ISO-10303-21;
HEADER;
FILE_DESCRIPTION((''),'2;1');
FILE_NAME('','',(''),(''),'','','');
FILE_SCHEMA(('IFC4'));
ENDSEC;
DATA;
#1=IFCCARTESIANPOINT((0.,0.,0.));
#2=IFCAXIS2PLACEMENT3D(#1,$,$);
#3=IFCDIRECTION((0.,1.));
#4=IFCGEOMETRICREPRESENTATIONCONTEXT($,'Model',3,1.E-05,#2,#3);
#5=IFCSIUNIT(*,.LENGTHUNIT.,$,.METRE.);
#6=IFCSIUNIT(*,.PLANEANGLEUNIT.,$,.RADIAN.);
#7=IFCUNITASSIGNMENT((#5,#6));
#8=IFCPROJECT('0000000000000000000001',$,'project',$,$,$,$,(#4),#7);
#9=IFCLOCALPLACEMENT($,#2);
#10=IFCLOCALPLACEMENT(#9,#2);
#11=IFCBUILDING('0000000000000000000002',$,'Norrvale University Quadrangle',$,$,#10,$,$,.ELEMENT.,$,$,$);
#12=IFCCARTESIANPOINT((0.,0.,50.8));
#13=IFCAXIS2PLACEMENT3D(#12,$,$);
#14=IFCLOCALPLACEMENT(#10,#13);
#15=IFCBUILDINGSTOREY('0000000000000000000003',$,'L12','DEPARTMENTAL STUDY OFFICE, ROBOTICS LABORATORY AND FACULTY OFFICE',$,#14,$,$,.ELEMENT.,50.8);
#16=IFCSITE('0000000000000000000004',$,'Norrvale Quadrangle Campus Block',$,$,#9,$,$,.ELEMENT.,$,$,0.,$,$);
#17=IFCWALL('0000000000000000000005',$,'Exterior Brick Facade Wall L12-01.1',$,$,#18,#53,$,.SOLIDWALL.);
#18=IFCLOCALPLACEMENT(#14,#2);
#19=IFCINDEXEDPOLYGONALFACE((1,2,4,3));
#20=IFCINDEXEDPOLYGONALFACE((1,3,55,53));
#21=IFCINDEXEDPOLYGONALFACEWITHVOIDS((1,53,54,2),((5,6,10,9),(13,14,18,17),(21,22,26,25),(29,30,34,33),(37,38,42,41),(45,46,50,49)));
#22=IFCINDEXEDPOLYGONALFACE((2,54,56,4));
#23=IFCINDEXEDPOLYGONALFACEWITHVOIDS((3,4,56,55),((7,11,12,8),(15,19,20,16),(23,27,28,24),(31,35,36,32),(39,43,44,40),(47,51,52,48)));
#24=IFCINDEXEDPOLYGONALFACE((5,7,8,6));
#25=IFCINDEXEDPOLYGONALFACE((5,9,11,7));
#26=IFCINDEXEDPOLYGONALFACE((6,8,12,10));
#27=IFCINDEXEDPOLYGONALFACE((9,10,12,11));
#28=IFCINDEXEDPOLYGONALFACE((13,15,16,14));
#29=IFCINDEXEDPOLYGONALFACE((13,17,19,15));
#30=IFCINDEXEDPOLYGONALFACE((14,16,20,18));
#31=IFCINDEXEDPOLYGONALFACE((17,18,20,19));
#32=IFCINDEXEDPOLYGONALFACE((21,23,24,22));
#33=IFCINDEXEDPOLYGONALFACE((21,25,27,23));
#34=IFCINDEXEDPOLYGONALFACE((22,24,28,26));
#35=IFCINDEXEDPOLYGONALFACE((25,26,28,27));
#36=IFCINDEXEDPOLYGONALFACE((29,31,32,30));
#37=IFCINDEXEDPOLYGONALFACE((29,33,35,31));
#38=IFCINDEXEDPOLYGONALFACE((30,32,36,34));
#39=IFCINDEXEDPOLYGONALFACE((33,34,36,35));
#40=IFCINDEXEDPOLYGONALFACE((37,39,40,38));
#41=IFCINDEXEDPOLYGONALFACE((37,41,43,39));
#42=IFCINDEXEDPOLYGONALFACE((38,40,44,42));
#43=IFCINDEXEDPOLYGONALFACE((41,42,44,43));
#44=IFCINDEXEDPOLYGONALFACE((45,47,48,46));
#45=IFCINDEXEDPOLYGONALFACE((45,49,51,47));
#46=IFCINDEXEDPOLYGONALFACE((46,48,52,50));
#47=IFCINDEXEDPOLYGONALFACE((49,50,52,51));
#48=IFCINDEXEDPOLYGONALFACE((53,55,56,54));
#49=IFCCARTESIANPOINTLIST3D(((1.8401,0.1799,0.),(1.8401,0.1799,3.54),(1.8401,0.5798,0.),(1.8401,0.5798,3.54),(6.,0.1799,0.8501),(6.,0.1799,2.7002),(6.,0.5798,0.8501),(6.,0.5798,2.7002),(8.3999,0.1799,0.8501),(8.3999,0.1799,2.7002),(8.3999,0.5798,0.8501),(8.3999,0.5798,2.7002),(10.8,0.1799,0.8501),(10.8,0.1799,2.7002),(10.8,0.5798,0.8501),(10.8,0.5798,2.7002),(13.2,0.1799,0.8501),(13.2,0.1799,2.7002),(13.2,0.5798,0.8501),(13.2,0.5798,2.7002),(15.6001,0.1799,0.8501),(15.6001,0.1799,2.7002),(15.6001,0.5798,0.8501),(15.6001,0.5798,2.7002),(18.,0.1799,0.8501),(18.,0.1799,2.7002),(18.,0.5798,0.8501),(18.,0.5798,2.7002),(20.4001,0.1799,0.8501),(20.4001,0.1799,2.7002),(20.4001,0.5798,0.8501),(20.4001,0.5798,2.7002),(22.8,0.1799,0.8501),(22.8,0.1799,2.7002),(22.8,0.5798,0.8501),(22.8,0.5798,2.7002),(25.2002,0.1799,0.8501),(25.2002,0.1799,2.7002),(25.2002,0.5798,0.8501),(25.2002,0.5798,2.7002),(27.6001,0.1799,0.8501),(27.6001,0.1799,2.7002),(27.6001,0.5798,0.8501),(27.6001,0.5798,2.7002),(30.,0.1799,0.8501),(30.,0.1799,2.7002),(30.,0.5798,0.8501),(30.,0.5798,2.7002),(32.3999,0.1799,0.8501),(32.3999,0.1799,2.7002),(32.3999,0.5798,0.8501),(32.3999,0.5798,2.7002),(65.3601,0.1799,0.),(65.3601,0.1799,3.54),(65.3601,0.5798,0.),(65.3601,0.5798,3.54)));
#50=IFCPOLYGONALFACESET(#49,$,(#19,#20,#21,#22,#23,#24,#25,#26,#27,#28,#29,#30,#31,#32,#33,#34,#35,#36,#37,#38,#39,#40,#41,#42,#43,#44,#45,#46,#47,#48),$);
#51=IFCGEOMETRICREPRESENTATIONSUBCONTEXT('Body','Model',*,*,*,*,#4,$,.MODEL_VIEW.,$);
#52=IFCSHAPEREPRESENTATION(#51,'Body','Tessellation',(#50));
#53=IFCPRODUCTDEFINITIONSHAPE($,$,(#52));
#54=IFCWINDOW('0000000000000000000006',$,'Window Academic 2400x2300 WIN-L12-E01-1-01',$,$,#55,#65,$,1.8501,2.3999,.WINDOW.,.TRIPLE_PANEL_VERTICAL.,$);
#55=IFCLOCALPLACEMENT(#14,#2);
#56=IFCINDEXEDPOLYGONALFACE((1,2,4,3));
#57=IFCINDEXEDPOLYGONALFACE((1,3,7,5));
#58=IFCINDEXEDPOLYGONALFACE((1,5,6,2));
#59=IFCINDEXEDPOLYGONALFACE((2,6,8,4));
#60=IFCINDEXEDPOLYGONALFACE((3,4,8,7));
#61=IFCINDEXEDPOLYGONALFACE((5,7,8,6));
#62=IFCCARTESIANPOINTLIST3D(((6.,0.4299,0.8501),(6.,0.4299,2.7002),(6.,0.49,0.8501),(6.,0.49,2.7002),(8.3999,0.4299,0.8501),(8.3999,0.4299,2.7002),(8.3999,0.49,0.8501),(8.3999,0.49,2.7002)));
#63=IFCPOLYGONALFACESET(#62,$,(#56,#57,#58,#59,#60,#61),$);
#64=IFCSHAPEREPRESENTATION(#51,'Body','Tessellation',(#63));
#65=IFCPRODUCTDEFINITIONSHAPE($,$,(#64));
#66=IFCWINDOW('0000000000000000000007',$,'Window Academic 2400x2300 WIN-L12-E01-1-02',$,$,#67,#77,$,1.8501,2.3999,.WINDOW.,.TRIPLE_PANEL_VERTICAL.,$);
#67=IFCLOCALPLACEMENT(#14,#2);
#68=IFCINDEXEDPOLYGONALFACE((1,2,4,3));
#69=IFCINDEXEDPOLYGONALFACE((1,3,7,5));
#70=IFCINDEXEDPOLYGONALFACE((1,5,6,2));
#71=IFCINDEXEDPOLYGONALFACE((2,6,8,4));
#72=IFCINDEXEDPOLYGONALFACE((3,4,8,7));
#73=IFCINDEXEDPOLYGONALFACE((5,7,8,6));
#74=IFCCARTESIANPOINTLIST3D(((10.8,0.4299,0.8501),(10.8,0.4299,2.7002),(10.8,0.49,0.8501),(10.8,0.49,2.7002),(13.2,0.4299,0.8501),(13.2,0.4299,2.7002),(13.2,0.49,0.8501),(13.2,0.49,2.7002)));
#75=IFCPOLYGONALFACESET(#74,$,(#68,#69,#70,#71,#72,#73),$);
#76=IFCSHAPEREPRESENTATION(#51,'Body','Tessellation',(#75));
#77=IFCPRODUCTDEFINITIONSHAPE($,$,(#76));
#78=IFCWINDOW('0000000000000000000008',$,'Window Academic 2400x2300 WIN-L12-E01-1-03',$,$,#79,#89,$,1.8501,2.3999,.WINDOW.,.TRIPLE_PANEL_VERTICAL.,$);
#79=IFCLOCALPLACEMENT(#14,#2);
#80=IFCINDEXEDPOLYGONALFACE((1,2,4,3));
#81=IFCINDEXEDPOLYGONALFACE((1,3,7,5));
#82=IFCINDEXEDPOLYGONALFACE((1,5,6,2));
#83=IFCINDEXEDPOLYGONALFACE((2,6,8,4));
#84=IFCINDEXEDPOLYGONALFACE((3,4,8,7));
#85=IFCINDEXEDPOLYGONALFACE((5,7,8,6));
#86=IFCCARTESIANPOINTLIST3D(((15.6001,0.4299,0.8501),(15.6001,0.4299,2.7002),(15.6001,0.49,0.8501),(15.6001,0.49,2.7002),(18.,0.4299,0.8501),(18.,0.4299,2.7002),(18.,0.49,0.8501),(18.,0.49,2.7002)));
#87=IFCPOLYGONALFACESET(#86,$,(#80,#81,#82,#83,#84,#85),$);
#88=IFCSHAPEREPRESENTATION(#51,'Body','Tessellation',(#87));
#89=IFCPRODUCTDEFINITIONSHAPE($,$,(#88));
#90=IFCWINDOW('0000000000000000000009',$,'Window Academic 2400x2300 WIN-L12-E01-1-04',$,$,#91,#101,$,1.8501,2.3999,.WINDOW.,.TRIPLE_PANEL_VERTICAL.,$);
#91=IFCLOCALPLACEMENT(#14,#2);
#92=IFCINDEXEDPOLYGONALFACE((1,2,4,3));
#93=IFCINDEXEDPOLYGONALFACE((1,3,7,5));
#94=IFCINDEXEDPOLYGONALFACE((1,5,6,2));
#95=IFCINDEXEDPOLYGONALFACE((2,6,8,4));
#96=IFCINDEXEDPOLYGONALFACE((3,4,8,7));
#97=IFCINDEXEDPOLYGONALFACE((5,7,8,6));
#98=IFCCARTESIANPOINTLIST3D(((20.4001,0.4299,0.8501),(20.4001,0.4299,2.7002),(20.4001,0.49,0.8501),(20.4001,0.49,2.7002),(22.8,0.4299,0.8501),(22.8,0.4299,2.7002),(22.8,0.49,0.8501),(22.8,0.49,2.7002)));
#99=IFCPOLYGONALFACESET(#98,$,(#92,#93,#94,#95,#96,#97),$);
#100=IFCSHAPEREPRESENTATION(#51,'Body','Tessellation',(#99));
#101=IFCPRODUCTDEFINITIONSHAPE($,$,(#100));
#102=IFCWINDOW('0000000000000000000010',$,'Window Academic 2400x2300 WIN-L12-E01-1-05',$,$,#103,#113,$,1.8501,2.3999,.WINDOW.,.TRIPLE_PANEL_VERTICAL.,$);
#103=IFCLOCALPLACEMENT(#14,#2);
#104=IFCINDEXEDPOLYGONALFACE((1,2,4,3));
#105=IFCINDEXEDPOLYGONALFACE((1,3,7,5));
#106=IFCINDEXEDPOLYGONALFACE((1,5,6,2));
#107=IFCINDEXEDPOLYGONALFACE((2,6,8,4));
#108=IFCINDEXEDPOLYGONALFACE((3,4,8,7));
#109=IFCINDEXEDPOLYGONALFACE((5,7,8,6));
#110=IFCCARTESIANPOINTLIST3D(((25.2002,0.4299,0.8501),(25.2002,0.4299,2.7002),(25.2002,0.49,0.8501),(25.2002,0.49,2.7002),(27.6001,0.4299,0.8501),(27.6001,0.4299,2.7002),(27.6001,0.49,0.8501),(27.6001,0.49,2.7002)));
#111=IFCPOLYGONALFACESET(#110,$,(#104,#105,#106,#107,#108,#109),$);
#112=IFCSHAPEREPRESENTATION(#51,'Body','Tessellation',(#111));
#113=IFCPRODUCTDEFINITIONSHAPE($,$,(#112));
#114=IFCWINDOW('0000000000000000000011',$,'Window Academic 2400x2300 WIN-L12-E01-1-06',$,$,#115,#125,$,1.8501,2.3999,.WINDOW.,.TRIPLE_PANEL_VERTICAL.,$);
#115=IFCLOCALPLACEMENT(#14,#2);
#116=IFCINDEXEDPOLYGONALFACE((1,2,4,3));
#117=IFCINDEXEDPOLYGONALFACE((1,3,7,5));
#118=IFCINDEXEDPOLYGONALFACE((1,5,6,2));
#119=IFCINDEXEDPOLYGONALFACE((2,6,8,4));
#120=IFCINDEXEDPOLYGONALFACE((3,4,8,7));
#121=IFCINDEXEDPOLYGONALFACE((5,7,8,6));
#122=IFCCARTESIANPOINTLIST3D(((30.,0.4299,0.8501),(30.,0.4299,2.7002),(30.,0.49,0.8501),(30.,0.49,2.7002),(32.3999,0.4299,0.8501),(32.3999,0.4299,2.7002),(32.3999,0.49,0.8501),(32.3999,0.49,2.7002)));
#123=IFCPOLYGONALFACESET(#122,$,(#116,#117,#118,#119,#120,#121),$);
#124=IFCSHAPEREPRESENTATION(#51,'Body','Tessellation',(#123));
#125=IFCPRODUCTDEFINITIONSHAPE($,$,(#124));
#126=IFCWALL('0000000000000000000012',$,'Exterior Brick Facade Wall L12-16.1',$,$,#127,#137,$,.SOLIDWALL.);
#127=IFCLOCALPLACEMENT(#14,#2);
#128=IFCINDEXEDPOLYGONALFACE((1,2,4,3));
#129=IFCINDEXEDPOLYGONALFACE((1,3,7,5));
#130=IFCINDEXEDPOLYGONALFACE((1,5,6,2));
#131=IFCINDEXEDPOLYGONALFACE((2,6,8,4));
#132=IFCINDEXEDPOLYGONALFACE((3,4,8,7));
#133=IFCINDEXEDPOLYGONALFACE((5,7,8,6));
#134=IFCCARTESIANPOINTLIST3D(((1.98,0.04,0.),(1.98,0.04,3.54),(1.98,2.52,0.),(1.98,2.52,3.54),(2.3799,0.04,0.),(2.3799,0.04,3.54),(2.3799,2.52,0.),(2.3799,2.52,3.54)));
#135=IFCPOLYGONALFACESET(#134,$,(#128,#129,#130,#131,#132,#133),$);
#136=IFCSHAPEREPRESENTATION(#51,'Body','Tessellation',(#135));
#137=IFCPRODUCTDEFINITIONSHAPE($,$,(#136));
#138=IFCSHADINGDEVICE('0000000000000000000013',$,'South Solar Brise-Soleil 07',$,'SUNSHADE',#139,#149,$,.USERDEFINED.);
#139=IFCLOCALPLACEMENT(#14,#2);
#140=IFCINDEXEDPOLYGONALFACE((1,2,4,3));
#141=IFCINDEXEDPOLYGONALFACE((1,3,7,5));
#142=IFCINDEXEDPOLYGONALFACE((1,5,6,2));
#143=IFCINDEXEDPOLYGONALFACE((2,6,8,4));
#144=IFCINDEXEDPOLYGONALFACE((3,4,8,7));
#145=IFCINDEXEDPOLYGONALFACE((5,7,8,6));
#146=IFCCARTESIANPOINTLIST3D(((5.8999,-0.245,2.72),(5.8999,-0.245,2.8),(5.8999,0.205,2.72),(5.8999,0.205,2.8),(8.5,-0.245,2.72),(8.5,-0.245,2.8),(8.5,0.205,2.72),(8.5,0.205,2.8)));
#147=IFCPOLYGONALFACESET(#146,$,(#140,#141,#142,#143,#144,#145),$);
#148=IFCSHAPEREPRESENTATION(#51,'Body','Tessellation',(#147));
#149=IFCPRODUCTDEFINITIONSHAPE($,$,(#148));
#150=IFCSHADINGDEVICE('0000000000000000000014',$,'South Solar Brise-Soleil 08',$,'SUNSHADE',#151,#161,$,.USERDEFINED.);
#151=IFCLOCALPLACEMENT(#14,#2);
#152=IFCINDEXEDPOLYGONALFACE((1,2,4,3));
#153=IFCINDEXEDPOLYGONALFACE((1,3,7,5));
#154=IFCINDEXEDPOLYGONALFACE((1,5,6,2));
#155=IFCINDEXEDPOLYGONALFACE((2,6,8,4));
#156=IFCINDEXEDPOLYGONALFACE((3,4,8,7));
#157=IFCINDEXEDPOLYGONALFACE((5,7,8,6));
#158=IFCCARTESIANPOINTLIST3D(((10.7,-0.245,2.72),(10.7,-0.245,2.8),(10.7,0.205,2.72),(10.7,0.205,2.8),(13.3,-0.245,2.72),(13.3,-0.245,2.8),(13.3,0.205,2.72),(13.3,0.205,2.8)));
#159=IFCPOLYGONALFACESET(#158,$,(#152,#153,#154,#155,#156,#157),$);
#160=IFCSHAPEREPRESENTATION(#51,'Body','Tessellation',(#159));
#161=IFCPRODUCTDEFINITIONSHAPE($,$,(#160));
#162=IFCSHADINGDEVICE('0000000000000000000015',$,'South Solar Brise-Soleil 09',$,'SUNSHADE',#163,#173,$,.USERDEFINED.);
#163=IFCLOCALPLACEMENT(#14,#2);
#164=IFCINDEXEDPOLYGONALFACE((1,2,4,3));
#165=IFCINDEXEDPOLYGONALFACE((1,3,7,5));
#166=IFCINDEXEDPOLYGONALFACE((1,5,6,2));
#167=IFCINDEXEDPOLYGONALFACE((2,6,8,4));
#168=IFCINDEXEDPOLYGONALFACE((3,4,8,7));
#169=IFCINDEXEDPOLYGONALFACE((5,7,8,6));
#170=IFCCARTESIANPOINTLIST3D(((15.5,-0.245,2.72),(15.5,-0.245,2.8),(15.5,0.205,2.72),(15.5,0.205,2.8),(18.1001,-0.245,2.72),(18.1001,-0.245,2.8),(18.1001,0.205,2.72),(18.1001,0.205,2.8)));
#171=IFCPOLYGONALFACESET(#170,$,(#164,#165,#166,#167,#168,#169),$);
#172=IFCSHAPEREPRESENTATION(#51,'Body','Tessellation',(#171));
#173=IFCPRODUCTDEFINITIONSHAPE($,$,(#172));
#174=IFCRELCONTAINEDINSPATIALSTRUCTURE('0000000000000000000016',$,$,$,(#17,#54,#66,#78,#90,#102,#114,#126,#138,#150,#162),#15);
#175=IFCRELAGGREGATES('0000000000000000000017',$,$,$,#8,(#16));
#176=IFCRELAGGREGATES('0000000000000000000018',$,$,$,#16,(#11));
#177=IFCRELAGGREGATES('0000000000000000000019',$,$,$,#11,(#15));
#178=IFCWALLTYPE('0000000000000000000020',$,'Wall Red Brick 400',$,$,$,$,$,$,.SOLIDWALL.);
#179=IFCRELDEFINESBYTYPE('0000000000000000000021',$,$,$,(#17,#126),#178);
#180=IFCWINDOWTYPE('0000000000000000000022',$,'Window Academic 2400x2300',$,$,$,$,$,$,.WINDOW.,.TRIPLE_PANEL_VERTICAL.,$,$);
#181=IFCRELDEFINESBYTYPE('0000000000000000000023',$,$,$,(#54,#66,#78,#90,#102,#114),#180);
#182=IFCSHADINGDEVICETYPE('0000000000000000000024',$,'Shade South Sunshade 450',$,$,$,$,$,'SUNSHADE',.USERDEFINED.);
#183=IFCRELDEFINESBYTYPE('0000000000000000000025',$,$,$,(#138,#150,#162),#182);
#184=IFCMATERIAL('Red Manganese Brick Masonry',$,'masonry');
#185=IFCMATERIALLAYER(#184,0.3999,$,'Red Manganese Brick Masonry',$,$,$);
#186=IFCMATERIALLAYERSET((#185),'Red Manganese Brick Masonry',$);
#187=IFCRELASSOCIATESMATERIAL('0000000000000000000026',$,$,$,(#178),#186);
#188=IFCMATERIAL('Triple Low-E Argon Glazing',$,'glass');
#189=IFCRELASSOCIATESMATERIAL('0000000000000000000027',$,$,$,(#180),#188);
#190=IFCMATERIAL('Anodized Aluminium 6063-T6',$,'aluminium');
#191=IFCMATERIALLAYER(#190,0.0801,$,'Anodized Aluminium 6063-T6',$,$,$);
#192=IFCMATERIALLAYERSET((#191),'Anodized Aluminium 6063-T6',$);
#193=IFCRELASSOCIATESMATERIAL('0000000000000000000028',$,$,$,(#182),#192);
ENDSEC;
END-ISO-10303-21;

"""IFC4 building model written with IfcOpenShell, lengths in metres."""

from ifc_helpers import new_model, si_unit, direction, frame, frame_2d, origin, origin_2d, place, context, subcontext, project, spatial, rectangle, extrude, material, layer, layer_set, type_object, element, fill, save


model = new_model("IFC4")

# Units and contexts
model_context = context("Model", 3, precision=1e-05, world=origin(), true_north=direction((0.0, 1.0)))
body_context = subcontext(model_context, "Body", "Model", "MODEL_VIEW")
ifc_project = project(units=[si_unit("LENGTHUNIT", "METRE"), si_unit("PLANEANGLEUNIT", "RADIAN")], contexts=[model_context])

# Site, building, storey
site_placement = place(None, origin())
site = spatial("IfcSite", under=ifc_project, at=site_placement, Name="Norrvale Quadrangle Campus Block", CompositionType="ELEMENT", RefElevation=0.0)
building_placement = place(site_placement, origin())
building = spatial("IfcBuilding", under=site, at=building_placement, Name="Norrvale University Quadrangle", CompositionType="ELEMENT")
storey_placement = place(building_placement, frame((0.0, 0.0, 50.8)))
storey = spatial("IfcBuildingStorey", under=building, at=storey_placement, Name="L12", Description="DEPARTMENTAL STUDY OFFICE, ROBOTICS LABORATORY AND FACULTY OFFICE", CompositionType="ELEMENT", Elevation=50.8)

# Wall, openings, windows
ifc_material_1 = material(Name="Red Manganese Brick Masonry", Category="masonry")
ifc_layer_1 = layer(ifc_material_1, 0.3999, Name="Red Manganese Brick Masonry")
ifc_layer_set_1 = layer_set([ifc_layer_1], Name="Red Manganese Brick Masonry")
wall_type_1 = type_object("IfcWallType", Name="Wall Red Brick 400", PredefinedType="SOLIDWALL", material=ifc_layer_set_1)
wall_1_placement = place(storey_placement, frame((1.8401, 0.3799, 0.0), z_axis=(0.0, 0.0, 1.0), x_axis=(1.0, 0.0, 0.0)))
wall_1 = element("IfcWall", 1, at=wall_1_placement, inside=storey, type_object=wall_type_1, Name="Exterior Brick Facade Wall L12-01.1", PredefinedType="SOLIDWALL", context=body_context, shape_type="SweptSolid", body=[
    extrude(rectangle(XDim=63.52, YDim=0.3999, at=frame_2d((31.76, 0.0))), origin(), (0.0, 0.0, 1.0), 3.54),
])
opening_1_placement = place(wall_1_placement, frame((4.1599, 0.0, 0.8501)))
opening_1 = element("IfcOpeningElement", 2, at=opening_1_placement, cuts=wall_1, PredefinedType="OPENING", context=body_context, shape_type="SweptSolid", body=[
    extrude(rectangle(XDim=2.3999, YDim=1.8501, at=frame_2d((1.2, 0.925))), frame((0.0, 0.2119, 0.0), z_axis=(0.0, -1.0, 0.0), x_axis=(1.0, 0.0, 0.0)), (0.0, 0.0, 1.0), 0.4238),
])
opening_2_placement = place(wall_1_placement, frame((8.96, 0.0, 0.8501)))
opening_2 = element("IfcOpeningElement", 3, at=opening_2_placement, cuts=wall_1, PredefinedType="OPENING", context=body_context, shape_type="SweptSolid", body=[
    extrude(rectangle(XDim=2.3999, YDim=1.8501, at=frame_2d((1.2, 0.925))), frame((0.0, 0.2119, 0.0), z_axis=(0.0, -1.0, 0.0), x_axis=(1.0, 0.0, 0.0)), (0.0, 0.0, 1.0), 0.4238),
])
opening_3_placement = place(wall_1_placement, frame((13.76, 0.0, 0.8501)))
opening_3 = element("IfcOpeningElement", 4, at=opening_3_placement, cuts=wall_1, PredefinedType="OPENING", context=body_context, shape_type="SweptSolid", body=[
    extrude(rectangle(XDim=2.3999, YDim=1.8501, at=frame_2d((1.2, 0.925))), frame((0.0, 0.2119, 0.0), z_axis=(0.0, -1.0, 0.0), x_axis=(1.0, 0.0, 0.0)), (0.0, 0.0, 1.0), 0.4238),
])
opening_4_placement = place(wall_1_placement, frame((18.5601, 0.0, 0.8501)))
opening_4 = element("IfcOpeningElement", 5, at=opening_4_placement, cuts=wall_1, PredefinedType="OPENING", context=body_context, shape_type="SweptSolid", body=[
    extrude(rectangle(XDim=2.3999, YDim=1.8501, at=frame_2d((1.2, 0.925))), frame((0.0, 0.2119, 0.0), z_axis=(0.0, -1.0, 0.0), x_axis=(1.0, 0.0, 0.0)), (0.0, 0.0, 1.0), 0.4238),
])
opening_5_placement = place(wall_1_placement, frame((23.3601, 0.0, 0.8501)))
opening_5 = element("IfcOpeningElement", 6, at=opening_5_placement, cuts=wall_1, PredefinedType="OPENING", context=body_context, shape_type="SweptSolid", body=[
    extrude(rectangle(XDim=2.3999, YDim=1.8501, at=frame_2d((1.2, 0.925))), frame((0.0, 0.2119, 0.0), z_axis=(0.0, -1.0, 0.0), x_axis=(1.0, 0.0, 0.0)), (0.0, 0.0, 1.0), 0.4238),
])
opening_6_placement = place(wall_1_placement, frame((28.1599, 0.0, 0.8501)))
opening_6 = element("IfcOpeningElement", 7, at=opening_6_placement, cuts=wall_1, PredefinedType="OPENING", context=body_context, shape_type="SweptSolid", body=[
    extrude(rectangle(XDim=2.3999, YDim=1.8501, at=frame_2d((1.2, 0.925))), frame((0.0, 0.2119, 0.0), z_axis=(0.0, -1.0, 0.0), x_axis=(1.0, 0.0, 0.0)), (0.0, 0.0, 1.0), 0.4238),
])
ifc_material_2 = material(Name="Triple Low-E Argon Glazing", Category="glass")
window_type = type_object("IfcWindowType", Name="Window Academic 2400x2300", PartitioningType="TRIPLE_PANEL_VERTICAL", PredefinedType="WINDOW", material=ifc_material_2)
window_1_placement = place(opening_1_placement, origin())
window_1 = element("IfcWindow", 8, at=window_1_placement, inside=storey, type_object=window_type, Name="Window Academic 2400x2300 WIN-L12-E01-1-01", OverallHeight=1.8501, OverallWidth=2.3999, PartitioningType="TRIPLE_PANEL_VERTICAL", PredefinedType="WINDOW", context=body_context, shape_type="SweptSolid", body=[
    extrude(rectangle(XDim=2.3999, YDim=1.8501, at=frame_2d((1.2, 0.925))), frame((0.0, 0.1101, 0.0), z_axis=(0.0, -1.0, 0.0), x_axis=(1.0, 0.0, 0.0)), (0.0, 0.0, 1.0), 0.0601),
])
fill(opening_1, window_1)
window_2_placement = place(opening_2_placement, origin())
window_2 = element("IfcWindow", 9, at=window_2_placement, inside=storey, type_object=window_type, Name="Window Academic 2400x2300 WIN-L12-E01-1-02", OverallHeight=1.8501, OverallWidth=2.3999, PartitioningType="TRIPLE_PANEL_VERTICAL", PredefinedType="WINDOW", context=body_context, shape_type="SweptSolid", body=[
    extrude(rectangle(XDim=2.3999, YDim=1.8501, at=frame_2d((1.2, 0.925))), frame((0.0, 0.1101, 0.0), z_axis=(0.0, -1.0, 0.0), x_axis=(1.0, 0.0, 0.0)), (0.0, 0.0, 1.0), 0.0601),
])
fill(opening_2, window_2)
window_3_placement = place(opening_3_placement, origin())
window_3 = element("IfcWindow", 10, at=window_3_placement, inside=storey, type_object=window_type, Name="Window Academic 2400x2300 WIN-L12-E01-1-03", OverallHeight=1.8501, OverallWidth=2.3999, PartitioningType="TRIPLE_PANEL_VERTICAL", PredefinedType="WINDOW", context=body_context, shape_type="SweptSolid", body=[
    extrude(rectangle(XDim=2.3999, YDim=1.8501, at=frame_2d((1.2, 0.925))), frame((0.0, 0.1101, 0.0), z_axis=(0.0, -1.0, 0.0), x_axis=(1.0, 0.0, 0.0)), (0.0, 0.0, 1.0), 0.0601),
])
fill(opening_3, window_3)
window_4_placement = place(opening_4_placement, origin())
window_4 = element("IfcWindow", 11, at=window_4_placement, inside=storey, type_object=window_type, Name="Window Academic 2400x2300 WIN-L12-E01-1-04", OverallHeight=1.8501, OverallWidth=2.3999, PartitioningType="TRIPLE_PANEL_VERTICAL", PredefinedType="WINDOW", context=body_context, shape_type="SweptSolid", body=[
    extrude(rectangle(XDim=2.3999, YDim=1.8501, at=frame_2d((1.2, 0.925))), frame((0.0, 0.1101, 0.0), z_axis=(0.0, -1.0, 0.0), x_axis=(1.0, 0.0, 0.0)), (0.0, 0.0, 1.0), 0.0601),
])
fill(opening_4, window_4)
window_5_placement = place(opening_5_placement, origin())
window_5 = element("IfcWindow", 12, at=window_5_placement, inside=storey, type_object=window_type, Name="Window Academic 2400x2300 WIN-L12-E01-1-05", OverallHeight=1.8501, OverallWidth=2.3999, PartitioningType="TRIPLE_PANEL_VERTICAL", PredefinedType="WINDOW", context=body_context, shape_type="SweptSolid", body=[
    extrude(rectangle(XDim=2.3999, YDim=1.8501, at=frame_2d((1.2, 0.925))), frame((0.0, 0.1101, 0.0), z_axis=(0.0, -1.0, 0.0), x_axis=(1.0, 0.0, 0.0)), (0.0, 0.0, 1.0), 0.0601),
])
fill(opening_5, window_5)
window_6_placement = place(opening_6_placement, origin())
window_6 = element("IfcWindow", 13, at=window_6_placement, inside=storey, type_object=window_type, Name="Window Academic 2400x2300 WIN-L12-E01-1-06", OverallHeight=1.8501, OverallWidth=2.3999, PartitioningType="TRIPLE_PANEL_VERTICAL", PredefinedType="WINDOW", context=body_context, shape_type="SweptSolid", body=[
    extrude(rectangle(XDim=2.3999, YDim=1.8501, at=frame_2d((1.2, 0.925))), frame((0.0, 0.1101, 0.0), z_axis=(0.0, -1.0, 0.0), x_axis=(1.0, 0.0, 0.0)), (0.0, 0.0, 1.0), 0.0601),
])
fill(opening_6, window_6)

# Wall
wall_2_placement = place(storey_placement, frame((2.1799, 2.52, 0.0), z_axis=(0.0, 0.0, 1.0), x_axis=(0.0, -1.0, 0.0)))
element("IfcWall", 14, at=wall_2_placement, inside=storey, type_object=wall_type_1, Name="Exterior Brick Facade Wall L12-16.1", PredefinedType="SOLIDWALL", context=body_context, shape_type="SweptSolid", body=[
    extrude(rectangle(XDim=2.48, YDim=0.3999, at=frame_2d((1.24, 0.0))), origin(), (0.0, 0.0, 1.0), 3.54),
])

# Shading devices
ifc_material_3 = material(Name="Anodized Aluminium 6063-T6", Category="aluminium")
ifc_layer_2 = layer(ifc_material_3, 0.0801, Name="Anodized Aluminium 6063-T6")
ifc_layer_set_2 = layer_set([ifc_layer_2], Name="Anodized Aluminium 6063-T6")
shading_device_type = type_object("IfcShadingDeviceType", Name="Shade South Sunshade 450", ElementType="SUNSHADE", PredefinedType="USERDEFINED", material=ifc_layer_set_2)
for number, where, z_axis, x_axis, name in (
    (15, (7.2, -0.02, 2.72), (0.0, 0.0, 1.0), (1.0, 0.0, 0.0), "South Solar Brise-Soleil 07"),
    (16, (12.0, -0.02, 2.72), (0.0, 0.0, 1.0), (1.0, 0.0, 0.0), "South Solar Brise-Soleil 08"),
    (17, (16.8, -0.02, 2.72), (0.0, 0.0, 1.0), (1.0, 0.0, 0.0), "South Solar Brise-Soleil 09"),
):
    element("IfcShadingDevice", number, at=place(storey_placement, frame(where, z_axis=z_axis, x_axis=x_axis)), inside=storey, type_object=shading_device_type, Name=name, ObjectType="SUNSHADE", PredefinedType="USERDEFINED", context=body_context, shape_type="SweptSolid", body=[
        extrude(rectangle(XDim=2.6001, YDim=0.45, at=origin_2d()), origin(), (0.0, 0.0, 1.0), 0.0801),
    ])

save(model, "model.ifc")
